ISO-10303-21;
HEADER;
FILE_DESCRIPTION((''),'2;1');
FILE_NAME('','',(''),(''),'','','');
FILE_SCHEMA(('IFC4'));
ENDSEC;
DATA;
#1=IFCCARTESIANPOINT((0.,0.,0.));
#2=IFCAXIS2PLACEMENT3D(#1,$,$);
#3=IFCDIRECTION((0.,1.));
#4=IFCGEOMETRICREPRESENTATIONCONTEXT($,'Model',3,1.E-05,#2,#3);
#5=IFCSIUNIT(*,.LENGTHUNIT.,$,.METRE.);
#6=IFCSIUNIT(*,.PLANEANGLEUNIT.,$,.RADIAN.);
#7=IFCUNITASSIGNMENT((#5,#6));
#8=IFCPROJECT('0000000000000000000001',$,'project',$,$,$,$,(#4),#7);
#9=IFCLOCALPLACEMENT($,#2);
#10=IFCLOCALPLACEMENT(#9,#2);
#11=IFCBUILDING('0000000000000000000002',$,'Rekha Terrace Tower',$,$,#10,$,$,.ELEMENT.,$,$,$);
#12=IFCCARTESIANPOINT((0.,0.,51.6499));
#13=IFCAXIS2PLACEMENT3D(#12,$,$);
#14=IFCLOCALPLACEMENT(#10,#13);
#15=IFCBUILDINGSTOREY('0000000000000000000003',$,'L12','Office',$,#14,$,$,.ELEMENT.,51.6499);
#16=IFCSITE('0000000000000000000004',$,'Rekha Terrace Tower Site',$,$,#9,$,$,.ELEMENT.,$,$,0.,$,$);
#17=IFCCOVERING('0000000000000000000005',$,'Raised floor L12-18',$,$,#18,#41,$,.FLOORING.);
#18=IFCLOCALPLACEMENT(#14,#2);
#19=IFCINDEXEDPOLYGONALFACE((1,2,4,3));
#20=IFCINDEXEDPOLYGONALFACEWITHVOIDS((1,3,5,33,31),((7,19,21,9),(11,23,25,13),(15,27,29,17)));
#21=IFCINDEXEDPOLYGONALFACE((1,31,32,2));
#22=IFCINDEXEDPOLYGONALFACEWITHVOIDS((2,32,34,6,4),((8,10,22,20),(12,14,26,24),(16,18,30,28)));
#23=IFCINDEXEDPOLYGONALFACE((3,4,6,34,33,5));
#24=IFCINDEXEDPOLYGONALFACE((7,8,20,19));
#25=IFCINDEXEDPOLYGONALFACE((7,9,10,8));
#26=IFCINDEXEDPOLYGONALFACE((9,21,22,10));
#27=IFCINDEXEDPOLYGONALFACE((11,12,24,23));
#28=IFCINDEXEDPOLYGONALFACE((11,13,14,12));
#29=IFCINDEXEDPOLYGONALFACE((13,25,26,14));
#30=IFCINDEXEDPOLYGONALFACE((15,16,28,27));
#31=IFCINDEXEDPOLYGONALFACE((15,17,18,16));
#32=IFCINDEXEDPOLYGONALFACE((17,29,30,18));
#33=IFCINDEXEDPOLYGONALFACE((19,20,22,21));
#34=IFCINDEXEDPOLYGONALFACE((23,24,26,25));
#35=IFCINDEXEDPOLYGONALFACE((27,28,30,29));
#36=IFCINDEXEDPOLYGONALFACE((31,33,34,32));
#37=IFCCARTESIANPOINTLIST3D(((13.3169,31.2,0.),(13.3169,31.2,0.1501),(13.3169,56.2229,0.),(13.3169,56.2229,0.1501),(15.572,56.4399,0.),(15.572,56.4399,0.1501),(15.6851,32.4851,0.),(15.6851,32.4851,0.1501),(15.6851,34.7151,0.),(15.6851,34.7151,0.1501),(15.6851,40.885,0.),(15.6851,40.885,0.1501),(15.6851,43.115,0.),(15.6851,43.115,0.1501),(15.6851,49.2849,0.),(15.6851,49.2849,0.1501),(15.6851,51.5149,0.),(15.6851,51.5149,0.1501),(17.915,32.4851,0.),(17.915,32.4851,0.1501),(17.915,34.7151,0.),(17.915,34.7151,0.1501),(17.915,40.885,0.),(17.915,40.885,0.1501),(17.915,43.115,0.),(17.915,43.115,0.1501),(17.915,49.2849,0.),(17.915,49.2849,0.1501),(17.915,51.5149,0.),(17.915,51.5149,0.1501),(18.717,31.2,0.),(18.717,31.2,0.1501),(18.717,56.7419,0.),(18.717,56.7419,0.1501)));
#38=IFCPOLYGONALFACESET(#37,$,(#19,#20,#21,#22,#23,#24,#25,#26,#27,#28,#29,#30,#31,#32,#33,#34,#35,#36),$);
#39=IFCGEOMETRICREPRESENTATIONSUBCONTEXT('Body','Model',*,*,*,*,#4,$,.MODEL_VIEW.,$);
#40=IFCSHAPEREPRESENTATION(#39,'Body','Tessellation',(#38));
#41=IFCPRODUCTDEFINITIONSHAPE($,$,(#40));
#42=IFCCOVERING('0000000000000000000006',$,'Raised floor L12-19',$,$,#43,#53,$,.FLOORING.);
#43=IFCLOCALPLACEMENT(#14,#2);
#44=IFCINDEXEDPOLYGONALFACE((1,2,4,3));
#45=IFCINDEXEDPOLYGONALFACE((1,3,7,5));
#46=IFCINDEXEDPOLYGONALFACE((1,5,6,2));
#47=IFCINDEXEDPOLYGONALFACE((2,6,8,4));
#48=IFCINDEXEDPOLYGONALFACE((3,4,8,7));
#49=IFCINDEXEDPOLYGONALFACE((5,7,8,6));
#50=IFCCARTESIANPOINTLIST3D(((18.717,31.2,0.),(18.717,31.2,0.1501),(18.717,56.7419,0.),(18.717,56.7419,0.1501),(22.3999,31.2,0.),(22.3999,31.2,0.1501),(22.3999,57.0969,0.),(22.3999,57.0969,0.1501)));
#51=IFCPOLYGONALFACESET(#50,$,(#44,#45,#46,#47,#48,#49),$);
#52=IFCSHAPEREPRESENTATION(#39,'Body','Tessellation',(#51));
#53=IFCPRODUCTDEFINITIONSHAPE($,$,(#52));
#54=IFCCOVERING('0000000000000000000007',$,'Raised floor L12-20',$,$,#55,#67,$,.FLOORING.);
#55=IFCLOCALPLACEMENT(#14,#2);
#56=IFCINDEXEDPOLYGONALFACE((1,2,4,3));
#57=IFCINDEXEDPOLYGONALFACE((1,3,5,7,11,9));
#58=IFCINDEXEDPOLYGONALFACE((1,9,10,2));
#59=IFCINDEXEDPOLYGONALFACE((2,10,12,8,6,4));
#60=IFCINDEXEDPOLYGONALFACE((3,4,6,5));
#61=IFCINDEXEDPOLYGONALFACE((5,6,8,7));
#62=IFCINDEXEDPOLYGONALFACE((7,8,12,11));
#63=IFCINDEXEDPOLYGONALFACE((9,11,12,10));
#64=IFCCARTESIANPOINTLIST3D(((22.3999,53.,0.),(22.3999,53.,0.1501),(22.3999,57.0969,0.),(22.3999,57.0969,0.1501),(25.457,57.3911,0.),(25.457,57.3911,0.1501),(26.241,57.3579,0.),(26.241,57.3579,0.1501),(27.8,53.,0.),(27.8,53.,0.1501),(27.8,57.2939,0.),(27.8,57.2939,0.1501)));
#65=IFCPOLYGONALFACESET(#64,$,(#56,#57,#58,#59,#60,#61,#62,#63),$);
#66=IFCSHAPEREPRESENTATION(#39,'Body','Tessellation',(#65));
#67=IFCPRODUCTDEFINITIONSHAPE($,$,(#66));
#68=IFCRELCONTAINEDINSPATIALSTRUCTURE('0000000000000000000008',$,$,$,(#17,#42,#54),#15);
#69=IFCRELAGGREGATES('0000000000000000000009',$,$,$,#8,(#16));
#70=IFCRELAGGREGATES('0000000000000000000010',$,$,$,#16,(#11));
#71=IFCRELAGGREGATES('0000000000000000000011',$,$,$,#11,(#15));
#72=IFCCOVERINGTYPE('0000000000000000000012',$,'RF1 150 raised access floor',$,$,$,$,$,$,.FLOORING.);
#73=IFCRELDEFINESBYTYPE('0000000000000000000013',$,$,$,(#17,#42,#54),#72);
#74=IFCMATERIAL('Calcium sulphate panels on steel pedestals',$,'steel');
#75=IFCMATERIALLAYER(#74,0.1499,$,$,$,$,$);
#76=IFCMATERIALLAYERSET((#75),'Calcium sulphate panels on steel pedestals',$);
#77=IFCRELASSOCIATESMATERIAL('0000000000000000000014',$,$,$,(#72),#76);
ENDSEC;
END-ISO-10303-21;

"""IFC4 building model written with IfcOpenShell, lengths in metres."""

from ifc_helpers import new_model, si_unit, direction, frame, origin, place, context, subcontext, project, spatial, polyline, outline, extrude, material, layer, layer_set, type_object, element, save


model = new_model("IFC4")

# Units and contexts
model_context = context("Model", 3, precision=1e-05, world=origin(), true_north=direction((0.0, 1.0)))
body_context = subcontext(model_context, "Body", "Model", "MODEL_VIEW")
ifc_project = project(units=[si_unit("LENGTHUNIT", "METRE"), si_unit("PLANEANGLEUNIT", "RADIAN")], contexts=[model_context])

# Site, building, storey
site_placement = place(None, origin())
site = spatial("IfcSite", under=ifc_project, at=site_placement, Name="Rekha Terrace Tower Site", CompositionType="ELEMENT", RefElevation=0.0)
building_placement = place(site_placement, origin())
building = spatial("IfcBuilding", under=site, at=building_placement, Name="Rekha Terrace Tower", CompositionType="ELEMENT")
storey_placement = place(building_placement, frame((0.0, 0.0, 51.6499)))
storey = spatial("IfcBuildingStorey", under=building, at=storey_placement, Name="L12", Description="Office", CompositionType="ELEMENT", Elevation=51.6499)

# Coverings
ifc_material_1 = material(Name="Calcium sulphate panels on steel pedestals", Category="steel")
ifc_layer_1 = layer(ifc_material_1, 0.1499)
ifc_layer_set_1 = layer_set([ifc_layer_1], Name="Calcium sulphate panels on steel pedestals")
covering_type_1 = type_object("IfcCoveringType", Name="RF1 150 raised access floor", PredefinedType="FLOORING", material=ifc_layer_set_1)
covering_1_placement = place(storey_placement, origin())
element("IfcCovering", 1, at=covering_1_placement, inside=storey, type_object=covering_type_1, Name="Raised floor L12-18", PredefinedType="FLOORING", context=body_context, shape_type="SweptSolid", body=[
    extrude(outline(polyline([(18.717, 56.7419), (15.572, 56.4399), (13.3169, 56.2229), (13.3169, 31.2), (18.717, 31.2), (18.717, 56.7419)]), holes=[polyline([(17.915, 32.4851), (15.6851, 32.4851), (15.6851, 34.7151), (17.915, 34.7151), (17.915, 32.4851)]), polyline([(17.915, 40.885), (15.6851, 40.885), (15.6851, 43.115), (17.915, 43.115), (17.915, 40.885)]), polyline([(17.915, 49.2849), (15.6851, 49.2849), (15.6851, 51.5149), (17.915, 51.5149), (17.915, 49.2849)])]), origin(), (0.0, 0.0, 1.0), 0.1501),
])
covering_2_placement = place(storey_placement, origin())
element("IfcCovering", 2, at=covering_2_placement, inside=storey, type_object=covering_type_1, Name="Raised floor L12-19", PredefinedType="FLOORING", context=body_context, shape_type="SweptSolid", body=[
    extrude(outline(polyline([(22.3999, 57.0969), (18.717, 56.7419), (18.717, 31.2), (22.3999, 31.2), (22.3999, 57.0969)])), origin(), (0.0, 0.0, 1.0), 0.1501),
])
covering_3_placement = place(storey_placement, origin())
element("IfcCovering", 3, at=covering_3_placement, inside=storey, type_object=covering_type_1, Name="Raised floor L12-20", PredefinedType="FLOORING", context=body_context, shape_type="SweptSolid", body=[
    extrude(outline(polyline([(22.3999, 53.0), (27.8, 53.0), (27.8, 57.2939), (26.241, 57.3579), (25.457, 57.3911), (22.3999, 57.0969), (22.3999, 53.0)])), origin(), (0.0, 0.0, 1.0), 0.1501),
])

save(model, "model.ifc")
